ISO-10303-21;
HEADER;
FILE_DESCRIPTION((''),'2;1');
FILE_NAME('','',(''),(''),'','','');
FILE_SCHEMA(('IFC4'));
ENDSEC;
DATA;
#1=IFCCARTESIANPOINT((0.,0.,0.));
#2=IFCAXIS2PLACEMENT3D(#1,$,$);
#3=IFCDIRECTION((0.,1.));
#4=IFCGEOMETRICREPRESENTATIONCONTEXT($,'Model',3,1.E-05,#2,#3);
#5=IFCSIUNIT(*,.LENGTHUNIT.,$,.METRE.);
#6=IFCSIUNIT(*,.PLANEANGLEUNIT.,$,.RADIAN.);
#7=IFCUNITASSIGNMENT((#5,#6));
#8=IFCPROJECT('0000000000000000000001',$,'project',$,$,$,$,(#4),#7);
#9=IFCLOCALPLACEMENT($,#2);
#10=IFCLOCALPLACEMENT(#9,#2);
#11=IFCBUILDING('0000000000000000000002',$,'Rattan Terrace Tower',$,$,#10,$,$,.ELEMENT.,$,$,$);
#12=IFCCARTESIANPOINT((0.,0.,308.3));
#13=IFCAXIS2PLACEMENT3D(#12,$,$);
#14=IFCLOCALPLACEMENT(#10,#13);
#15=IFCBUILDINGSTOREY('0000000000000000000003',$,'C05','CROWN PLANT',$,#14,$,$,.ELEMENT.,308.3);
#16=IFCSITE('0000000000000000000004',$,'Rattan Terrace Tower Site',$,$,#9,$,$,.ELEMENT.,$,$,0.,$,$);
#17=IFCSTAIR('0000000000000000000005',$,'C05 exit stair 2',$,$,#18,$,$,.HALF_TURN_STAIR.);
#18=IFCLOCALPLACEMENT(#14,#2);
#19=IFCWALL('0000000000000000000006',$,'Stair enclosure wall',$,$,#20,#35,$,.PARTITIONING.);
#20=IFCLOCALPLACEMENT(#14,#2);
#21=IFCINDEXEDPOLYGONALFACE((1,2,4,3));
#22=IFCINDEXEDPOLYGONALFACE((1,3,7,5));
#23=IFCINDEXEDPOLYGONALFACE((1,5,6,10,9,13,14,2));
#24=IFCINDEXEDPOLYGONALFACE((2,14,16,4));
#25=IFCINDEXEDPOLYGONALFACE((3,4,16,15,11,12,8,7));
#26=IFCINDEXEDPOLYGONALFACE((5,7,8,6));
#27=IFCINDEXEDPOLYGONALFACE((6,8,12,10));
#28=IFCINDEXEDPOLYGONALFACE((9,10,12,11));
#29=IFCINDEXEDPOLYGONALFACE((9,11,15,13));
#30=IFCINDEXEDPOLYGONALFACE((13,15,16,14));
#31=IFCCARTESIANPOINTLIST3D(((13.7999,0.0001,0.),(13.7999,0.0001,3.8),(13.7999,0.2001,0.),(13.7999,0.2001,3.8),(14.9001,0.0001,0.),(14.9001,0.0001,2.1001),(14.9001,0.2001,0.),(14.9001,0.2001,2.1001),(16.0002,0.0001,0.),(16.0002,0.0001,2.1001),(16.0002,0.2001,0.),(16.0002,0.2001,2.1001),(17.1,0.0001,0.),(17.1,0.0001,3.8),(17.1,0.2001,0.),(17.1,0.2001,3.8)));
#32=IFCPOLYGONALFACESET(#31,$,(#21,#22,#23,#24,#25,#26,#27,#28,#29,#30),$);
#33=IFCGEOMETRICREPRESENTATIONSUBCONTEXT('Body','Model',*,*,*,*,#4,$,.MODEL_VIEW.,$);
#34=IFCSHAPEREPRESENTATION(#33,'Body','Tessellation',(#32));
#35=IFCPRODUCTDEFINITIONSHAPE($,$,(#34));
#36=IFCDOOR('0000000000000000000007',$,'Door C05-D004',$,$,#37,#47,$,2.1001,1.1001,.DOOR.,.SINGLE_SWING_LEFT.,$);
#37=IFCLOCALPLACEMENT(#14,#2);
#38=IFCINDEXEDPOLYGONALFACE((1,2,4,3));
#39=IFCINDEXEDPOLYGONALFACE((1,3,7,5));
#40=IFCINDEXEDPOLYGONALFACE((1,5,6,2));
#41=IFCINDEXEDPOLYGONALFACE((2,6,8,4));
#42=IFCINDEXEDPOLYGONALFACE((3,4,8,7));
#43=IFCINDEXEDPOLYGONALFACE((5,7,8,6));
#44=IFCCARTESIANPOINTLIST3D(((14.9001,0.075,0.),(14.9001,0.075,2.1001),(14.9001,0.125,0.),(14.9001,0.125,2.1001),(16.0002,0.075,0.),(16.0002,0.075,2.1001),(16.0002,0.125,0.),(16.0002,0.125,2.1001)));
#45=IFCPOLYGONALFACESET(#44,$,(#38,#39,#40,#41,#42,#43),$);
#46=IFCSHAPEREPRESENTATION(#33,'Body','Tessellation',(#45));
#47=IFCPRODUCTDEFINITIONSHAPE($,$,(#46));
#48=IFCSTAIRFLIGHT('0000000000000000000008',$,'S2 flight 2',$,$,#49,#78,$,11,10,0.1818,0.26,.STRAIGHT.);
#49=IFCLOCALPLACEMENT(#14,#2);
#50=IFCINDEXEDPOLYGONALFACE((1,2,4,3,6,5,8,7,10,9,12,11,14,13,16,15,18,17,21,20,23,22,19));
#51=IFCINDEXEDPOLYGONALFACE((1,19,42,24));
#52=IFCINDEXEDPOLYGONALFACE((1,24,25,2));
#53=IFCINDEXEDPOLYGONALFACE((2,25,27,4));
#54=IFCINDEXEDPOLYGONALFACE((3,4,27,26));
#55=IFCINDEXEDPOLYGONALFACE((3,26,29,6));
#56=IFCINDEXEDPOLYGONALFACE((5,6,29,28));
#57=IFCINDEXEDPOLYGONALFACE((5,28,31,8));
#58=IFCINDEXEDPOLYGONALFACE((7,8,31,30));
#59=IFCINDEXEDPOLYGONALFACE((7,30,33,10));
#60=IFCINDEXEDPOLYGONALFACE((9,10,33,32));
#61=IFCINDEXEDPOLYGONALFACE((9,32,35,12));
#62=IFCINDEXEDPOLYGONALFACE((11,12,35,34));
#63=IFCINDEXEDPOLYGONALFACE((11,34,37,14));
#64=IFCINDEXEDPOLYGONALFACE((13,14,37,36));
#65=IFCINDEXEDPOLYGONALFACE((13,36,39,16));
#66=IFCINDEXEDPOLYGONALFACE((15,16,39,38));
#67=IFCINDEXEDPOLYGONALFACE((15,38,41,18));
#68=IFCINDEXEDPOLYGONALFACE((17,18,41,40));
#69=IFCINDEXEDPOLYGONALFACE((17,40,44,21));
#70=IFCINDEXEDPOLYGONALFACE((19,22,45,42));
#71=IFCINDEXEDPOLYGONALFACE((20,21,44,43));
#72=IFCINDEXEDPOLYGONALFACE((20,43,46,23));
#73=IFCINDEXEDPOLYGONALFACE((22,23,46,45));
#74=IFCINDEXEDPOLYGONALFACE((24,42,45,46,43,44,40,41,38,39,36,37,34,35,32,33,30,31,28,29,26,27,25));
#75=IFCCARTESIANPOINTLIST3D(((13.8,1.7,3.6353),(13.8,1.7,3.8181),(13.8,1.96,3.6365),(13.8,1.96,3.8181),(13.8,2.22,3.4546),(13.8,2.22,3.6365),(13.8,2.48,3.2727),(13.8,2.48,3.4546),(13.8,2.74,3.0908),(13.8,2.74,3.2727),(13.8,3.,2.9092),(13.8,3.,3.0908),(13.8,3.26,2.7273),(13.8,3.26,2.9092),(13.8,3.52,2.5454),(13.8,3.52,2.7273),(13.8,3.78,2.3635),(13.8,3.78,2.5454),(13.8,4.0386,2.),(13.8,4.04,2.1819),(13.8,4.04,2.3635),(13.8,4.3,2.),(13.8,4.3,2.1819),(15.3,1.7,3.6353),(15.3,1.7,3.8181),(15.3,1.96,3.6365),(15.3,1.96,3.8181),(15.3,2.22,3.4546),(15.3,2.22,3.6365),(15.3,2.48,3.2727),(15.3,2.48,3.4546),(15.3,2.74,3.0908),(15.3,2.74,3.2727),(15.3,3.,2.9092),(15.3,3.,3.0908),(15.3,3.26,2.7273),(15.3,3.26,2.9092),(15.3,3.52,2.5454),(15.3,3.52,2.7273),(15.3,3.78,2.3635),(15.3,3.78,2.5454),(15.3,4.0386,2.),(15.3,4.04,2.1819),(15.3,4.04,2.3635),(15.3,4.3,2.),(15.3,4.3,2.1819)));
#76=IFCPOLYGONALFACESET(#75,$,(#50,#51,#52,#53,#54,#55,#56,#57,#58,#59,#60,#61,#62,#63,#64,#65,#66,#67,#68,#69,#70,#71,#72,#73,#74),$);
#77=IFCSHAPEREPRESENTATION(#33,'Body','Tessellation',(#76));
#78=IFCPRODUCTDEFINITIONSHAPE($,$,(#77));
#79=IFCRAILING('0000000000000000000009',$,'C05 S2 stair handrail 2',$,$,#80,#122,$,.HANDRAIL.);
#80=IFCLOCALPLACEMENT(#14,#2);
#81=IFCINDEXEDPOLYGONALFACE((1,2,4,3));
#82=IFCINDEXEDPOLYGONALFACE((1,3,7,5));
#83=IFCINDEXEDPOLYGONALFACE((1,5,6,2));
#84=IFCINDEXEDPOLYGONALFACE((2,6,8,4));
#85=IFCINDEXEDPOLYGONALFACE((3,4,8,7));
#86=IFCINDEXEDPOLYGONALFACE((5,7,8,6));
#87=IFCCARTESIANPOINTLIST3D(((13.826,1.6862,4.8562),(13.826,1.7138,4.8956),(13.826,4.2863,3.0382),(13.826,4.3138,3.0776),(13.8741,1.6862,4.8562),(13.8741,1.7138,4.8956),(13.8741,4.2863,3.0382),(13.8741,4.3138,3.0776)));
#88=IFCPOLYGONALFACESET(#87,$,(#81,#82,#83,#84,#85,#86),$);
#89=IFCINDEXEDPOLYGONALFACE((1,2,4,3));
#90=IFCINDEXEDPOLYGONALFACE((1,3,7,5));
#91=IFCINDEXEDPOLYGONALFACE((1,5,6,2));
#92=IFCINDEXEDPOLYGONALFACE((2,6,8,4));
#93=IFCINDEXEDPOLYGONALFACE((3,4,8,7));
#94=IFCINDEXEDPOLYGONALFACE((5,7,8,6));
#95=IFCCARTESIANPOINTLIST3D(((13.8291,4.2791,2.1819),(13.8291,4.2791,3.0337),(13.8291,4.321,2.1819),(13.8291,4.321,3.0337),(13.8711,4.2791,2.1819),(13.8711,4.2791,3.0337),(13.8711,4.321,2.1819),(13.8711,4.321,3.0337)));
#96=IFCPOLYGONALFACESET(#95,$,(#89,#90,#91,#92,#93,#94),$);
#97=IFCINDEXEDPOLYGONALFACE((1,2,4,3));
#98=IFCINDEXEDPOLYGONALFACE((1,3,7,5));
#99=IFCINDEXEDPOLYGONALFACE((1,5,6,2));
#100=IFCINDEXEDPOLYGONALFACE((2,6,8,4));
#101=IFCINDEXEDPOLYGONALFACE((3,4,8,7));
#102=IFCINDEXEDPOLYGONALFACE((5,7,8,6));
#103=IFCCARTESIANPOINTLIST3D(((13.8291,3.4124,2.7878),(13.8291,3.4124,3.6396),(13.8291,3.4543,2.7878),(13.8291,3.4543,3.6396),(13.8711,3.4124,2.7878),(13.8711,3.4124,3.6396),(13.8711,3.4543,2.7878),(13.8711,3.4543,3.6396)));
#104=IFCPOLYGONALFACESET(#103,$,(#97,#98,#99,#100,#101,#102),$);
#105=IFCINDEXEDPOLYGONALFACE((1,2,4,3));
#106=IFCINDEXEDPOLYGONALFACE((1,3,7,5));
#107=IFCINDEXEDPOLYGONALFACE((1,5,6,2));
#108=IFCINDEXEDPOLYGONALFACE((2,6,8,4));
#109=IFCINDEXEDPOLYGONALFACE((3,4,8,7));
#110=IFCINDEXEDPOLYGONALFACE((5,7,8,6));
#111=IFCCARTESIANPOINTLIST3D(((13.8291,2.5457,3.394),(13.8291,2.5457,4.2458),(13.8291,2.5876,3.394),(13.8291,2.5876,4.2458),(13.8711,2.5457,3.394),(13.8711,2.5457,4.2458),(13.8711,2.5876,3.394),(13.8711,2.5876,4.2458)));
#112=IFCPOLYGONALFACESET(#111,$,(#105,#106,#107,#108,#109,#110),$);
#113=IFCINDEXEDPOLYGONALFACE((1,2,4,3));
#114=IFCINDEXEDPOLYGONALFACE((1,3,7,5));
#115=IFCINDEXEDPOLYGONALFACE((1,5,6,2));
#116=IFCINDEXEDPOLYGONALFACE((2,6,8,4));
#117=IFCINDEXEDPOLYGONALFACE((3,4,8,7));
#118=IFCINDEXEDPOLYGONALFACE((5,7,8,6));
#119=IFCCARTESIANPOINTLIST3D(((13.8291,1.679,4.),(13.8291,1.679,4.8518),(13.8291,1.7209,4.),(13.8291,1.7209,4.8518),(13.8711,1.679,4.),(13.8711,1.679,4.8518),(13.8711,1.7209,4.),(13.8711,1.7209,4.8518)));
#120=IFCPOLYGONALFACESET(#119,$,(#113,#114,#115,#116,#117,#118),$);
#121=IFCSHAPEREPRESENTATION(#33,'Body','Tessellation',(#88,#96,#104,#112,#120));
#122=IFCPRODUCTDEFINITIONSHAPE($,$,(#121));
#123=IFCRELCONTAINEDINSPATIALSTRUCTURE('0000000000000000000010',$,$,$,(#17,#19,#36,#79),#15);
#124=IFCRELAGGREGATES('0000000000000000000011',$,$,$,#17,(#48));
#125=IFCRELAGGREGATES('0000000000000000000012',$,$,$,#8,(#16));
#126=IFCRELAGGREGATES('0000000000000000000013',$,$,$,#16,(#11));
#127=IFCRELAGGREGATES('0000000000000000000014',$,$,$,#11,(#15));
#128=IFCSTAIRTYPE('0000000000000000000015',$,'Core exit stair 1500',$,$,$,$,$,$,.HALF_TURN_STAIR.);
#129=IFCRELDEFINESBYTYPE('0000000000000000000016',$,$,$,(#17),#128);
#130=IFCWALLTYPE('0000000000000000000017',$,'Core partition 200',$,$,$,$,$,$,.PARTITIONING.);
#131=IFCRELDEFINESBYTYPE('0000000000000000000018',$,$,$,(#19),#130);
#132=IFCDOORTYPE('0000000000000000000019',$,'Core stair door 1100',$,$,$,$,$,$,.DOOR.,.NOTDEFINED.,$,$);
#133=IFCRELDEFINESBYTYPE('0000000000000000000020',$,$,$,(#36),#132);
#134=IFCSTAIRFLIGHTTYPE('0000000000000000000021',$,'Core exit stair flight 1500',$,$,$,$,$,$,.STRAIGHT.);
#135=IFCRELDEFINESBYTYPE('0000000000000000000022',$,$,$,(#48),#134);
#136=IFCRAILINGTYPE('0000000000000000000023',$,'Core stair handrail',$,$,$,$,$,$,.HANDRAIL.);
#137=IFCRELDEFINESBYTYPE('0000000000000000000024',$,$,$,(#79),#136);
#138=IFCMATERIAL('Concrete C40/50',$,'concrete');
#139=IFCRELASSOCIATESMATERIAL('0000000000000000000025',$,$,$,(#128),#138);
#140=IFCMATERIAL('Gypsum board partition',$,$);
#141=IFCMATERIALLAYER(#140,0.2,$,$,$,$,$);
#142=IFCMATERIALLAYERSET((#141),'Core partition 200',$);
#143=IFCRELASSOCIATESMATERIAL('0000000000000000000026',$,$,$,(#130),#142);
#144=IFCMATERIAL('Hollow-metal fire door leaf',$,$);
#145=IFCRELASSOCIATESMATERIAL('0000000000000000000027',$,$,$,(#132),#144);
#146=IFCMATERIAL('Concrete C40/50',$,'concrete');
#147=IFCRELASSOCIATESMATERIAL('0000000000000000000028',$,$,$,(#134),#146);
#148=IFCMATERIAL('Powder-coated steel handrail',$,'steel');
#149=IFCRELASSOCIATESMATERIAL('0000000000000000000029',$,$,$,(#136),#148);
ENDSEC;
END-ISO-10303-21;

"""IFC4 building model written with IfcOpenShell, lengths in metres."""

from ifc_helpers import new_model, si_unit, direction, frame, frame_2d, origin, origin_2d, place, context, subcontext, project, spatial, polyline, rectangle, outline, extrude, material, layer, layer_set, type_object, element, fill, aggregate, save


model = new_model("IFC4")

# Units and contexts
model_context = context("Model", 3, precision=1e-05, world=origin(), true_north=direction((0.0, 1.0)))
body_context = subcontext(model_context, "Body", "Model", "MODEL_VIEW")
ifc_project = project(units=[si_unit("LENGTHUNIT", "METRE"), si_unit("PLANEANGLEUNIT", "RADIAN")], contexts=[model_context])

# Site, building, storey
site_placement = place(None, origin())
site = spatial("IfcSite", under=ifc_project, at=site_placement, Name="Rattan Terrace Tower Site", CompositionType="ELEMENT", RefElevation=0.0)
building_placement = place(site_placement, origin())
building = spatial("IfcBuilding", under=site, at=building_placement, Name="Rattan Terrace Tower", CompositionType="ELEMENT")
storey_placement = place(building_placement, frame((0.0, 0.0, 308.3)))
storey = spatial("IfcBuildingStorey", under=building, at=storey_placement, Name="C05", Description="CROWN PLANT", CompositionType="ELEMENT", Elevation=308.3)

# Stair
ifc_material_1 = material(Name="Concrete C40/50", Category="concrete")
stair_type = type_object("IfcStairType", Name="Core exit stair 1500", PredefinedType="HALF_TURN_STAIR", material=ifc_material_1)
stair_1_placement = place(storey_placement, origin())
stair_1 = element("IfcStair", 1, at=stair_1_placement, inside=storey, type_object=stair_type, Name="C05 exit stair 2", PredefinedType="HALF_TURN_STAIR")

# Wall, opening, door
ifc_material_2 = material(Name="Gypsum board partition")
ifc_layer_1 = layer(ifc_material_2, 0.2)
ifc_layer_set_1 = layer_set([ifc_layer_1], Name="Core partition 200")
wall_type_1 = type_object("IfcWallType", Name="Core partition 200", PredefinedType="PARTITIONING", material=ifc_layer_set_1)
wall_placement = place(storey_placement, frame((13.8, 0.1001, 0.0), z_axis=(0.0, 0.0, 1.0), x_axis=(1.0, 0.0, 0.0)))
wall = element("IfcWall", 2, at=wall_placement, inside=storey, type_object=wall_type_1, Name="Stair enclosure wall", PredefinedType="PARTITIONING", context=body_context, shape_type="SweptSolid", body=[
    extrude(rectangle(XDim=3.3, YDim=0.2, at=frame_2d((1.6499, 0.0))), origin(), (0.0, 0.0, 1.0), 3.8),
])
opening_placement = place(wall_placement, frame((1.1001, 0.0, 0.0)))
opening = element("IfcOpeningElement", 3, at=opening_placement, cuts=wall, PredefinedType="OPENING", context=body_context, shape_type="SweptSolid", body=[
    extrude(rectangle(XDim=1.1001, YDim=2.1001, at=frame_2d((0.55, 1.05))), frame((0.0, 0.1106, 0.0), z_axis=(0.0, -1.0, 0.0), x_axis=(1.0, 0.0, 0.0)), (0.0, 0.0, 1.0), 0.2209),
])
ifc_material_3 = material(Name="Hollow-metal fire door leaf")
door_type = type_object("IfcDoorType", Name="Core stair door 1100", OperationType="NOTDEFINED", PredefinedType="DOOR", material=ifc_material_3)
door_placement = place(opening_placement, origin())
door = element("IfcDoor", 4, at=door_placement, inside=storey, type_object=door_type, Name="Door C05-D004", OperationType="SINGLE_SWING_LEFT", OverallHeight=2.1001, OverallWidth=1.1001, PredefinedType="DOOR", context=body_context, shape_type="SweptSolid", body=[
    extrude(rectangle(XDim=1.1001, YDim=2.1001, at=frame_2d((0.55, 1.05))), frame((0.0, 0.0249, 0.0), z_axis=(0.0, -1.0, 0.0), x_axis=(1.0, 0.0, 0.0)), (0.0, 0.0, 1.0), 0.05),
])
fill(opening, door)

# Stair flight
ifc_material_4 = material(Name="Concrete C40/50", Category="concrete")
stair_flight_type = type_object("IfcStairFlightType", Name="Core exit stair flight 1500", PredefinedType="STRAIGHT", material=ifc_material_4)
stair_flight_placement = place(storey_placement, frame((14.55, 4.3, 2.0), z_axis=(0.0, 0.0, 1.0), x_axis=(0.0, -1.0, 0.0)))
stair_flight = element("IfcStairFlight", 5, at=stair_flight_placement, type_object=stair_flight_type, Name="S2 flight 2", NumberOfRisers=11, NumberOfTreads=10, PredefinedType="STRAIGHT", RiserHeight=0.1818, TreadLength=0.26, context=body_context, shape_type="SweptSolid", body=[
    extrude(outline(polyline([(0.0, 0.0), (0.0, 0.1819), (0.26, 0.1819), (0.26, 0.3635), (0.52, 0.3635), (0.52, 0.5454), (0.78, 0.5454), (0.78, 0.7273), (1.04, 0.7273), (1.04, 0.9092), (1.3, 0.9092), (1.3, 1.0908), (1.5601, 1.0908), (1.5601, 1.2727), (1.8201, 1.2727), (1.8201, 1.4546), (2.0801, 1.4546), (2.0801, 1.6365), (2.3401, 1.6365), (2.3401, 1.8181), (2.6001, 1.8181), (2.6001, 2.0), (2.6001, 1.6353), (0.2615, 0.0), (0.0, 0.0)])), frame((0.0, 0.75, 0.0), z_axis=(0.0, -1.0, 0.0), x_axis=(1.0, 0.0, 0.0)), (0.0, 0.0, 1.0), 1.5),
])
aggregate(stair_1, [stair_flight])

# Railing
ifc_material_5 = material(Name="Powder-coated steel handrail", Category="steel")
railing_type = type_object("IfcRailingType", Name="Core stair handrail", PredefinedType="HANDRAIL", material=ifc_material_5)
railing_placement = place(storey_placement, frame((13.8501, 4.3, 2.1819)))
element("IfcRailing", 6, at=railing_placement, inside=storey, type_object=railing_type, Name="C05 S2 stair handrail 2", PredefinedType="HANDRAIL", context=body_context, shape_type="SweptSolid", body=[
    extrude(rectangle(XDim=0.0481, YDim=0.0481, at=origin_2d()), frame((0.0, 0.0, 0.876), z_axis=(0.0, -0.819521, 0.573049), x_axis=(1.0, 0.0, 0.0)), (0.0, 0.0, 1.0), 3.1726),
    extrude(rectangle(XDim=0.042, YDim=0.042, at=origin_2d()), origin(), (0.0, 0.0, 1.0), 0.8518),
    extrude(rectangle(XDim=0.042, YDim=0.042, at=origin_2d()), frame((0.0, -0.8667, 0.606)), (0.0, 0.0, 1.0), 0.8518),
    extrude(rectangle(XDim=0.042, YDim=0.042, at=origin_2d()), frame((0.0, -1.7334, 1.2122)), (0.0, 0.0, 1.0), 0.8518),
    extrude(rectangle(XDim=0.042, YDim=0.042, at=origin_2d()), frame((0.0, -2.6001, 1.8181)), (0.0, 0.0, 1.0), 0.8518),
])

save(model, "model.ifc")
